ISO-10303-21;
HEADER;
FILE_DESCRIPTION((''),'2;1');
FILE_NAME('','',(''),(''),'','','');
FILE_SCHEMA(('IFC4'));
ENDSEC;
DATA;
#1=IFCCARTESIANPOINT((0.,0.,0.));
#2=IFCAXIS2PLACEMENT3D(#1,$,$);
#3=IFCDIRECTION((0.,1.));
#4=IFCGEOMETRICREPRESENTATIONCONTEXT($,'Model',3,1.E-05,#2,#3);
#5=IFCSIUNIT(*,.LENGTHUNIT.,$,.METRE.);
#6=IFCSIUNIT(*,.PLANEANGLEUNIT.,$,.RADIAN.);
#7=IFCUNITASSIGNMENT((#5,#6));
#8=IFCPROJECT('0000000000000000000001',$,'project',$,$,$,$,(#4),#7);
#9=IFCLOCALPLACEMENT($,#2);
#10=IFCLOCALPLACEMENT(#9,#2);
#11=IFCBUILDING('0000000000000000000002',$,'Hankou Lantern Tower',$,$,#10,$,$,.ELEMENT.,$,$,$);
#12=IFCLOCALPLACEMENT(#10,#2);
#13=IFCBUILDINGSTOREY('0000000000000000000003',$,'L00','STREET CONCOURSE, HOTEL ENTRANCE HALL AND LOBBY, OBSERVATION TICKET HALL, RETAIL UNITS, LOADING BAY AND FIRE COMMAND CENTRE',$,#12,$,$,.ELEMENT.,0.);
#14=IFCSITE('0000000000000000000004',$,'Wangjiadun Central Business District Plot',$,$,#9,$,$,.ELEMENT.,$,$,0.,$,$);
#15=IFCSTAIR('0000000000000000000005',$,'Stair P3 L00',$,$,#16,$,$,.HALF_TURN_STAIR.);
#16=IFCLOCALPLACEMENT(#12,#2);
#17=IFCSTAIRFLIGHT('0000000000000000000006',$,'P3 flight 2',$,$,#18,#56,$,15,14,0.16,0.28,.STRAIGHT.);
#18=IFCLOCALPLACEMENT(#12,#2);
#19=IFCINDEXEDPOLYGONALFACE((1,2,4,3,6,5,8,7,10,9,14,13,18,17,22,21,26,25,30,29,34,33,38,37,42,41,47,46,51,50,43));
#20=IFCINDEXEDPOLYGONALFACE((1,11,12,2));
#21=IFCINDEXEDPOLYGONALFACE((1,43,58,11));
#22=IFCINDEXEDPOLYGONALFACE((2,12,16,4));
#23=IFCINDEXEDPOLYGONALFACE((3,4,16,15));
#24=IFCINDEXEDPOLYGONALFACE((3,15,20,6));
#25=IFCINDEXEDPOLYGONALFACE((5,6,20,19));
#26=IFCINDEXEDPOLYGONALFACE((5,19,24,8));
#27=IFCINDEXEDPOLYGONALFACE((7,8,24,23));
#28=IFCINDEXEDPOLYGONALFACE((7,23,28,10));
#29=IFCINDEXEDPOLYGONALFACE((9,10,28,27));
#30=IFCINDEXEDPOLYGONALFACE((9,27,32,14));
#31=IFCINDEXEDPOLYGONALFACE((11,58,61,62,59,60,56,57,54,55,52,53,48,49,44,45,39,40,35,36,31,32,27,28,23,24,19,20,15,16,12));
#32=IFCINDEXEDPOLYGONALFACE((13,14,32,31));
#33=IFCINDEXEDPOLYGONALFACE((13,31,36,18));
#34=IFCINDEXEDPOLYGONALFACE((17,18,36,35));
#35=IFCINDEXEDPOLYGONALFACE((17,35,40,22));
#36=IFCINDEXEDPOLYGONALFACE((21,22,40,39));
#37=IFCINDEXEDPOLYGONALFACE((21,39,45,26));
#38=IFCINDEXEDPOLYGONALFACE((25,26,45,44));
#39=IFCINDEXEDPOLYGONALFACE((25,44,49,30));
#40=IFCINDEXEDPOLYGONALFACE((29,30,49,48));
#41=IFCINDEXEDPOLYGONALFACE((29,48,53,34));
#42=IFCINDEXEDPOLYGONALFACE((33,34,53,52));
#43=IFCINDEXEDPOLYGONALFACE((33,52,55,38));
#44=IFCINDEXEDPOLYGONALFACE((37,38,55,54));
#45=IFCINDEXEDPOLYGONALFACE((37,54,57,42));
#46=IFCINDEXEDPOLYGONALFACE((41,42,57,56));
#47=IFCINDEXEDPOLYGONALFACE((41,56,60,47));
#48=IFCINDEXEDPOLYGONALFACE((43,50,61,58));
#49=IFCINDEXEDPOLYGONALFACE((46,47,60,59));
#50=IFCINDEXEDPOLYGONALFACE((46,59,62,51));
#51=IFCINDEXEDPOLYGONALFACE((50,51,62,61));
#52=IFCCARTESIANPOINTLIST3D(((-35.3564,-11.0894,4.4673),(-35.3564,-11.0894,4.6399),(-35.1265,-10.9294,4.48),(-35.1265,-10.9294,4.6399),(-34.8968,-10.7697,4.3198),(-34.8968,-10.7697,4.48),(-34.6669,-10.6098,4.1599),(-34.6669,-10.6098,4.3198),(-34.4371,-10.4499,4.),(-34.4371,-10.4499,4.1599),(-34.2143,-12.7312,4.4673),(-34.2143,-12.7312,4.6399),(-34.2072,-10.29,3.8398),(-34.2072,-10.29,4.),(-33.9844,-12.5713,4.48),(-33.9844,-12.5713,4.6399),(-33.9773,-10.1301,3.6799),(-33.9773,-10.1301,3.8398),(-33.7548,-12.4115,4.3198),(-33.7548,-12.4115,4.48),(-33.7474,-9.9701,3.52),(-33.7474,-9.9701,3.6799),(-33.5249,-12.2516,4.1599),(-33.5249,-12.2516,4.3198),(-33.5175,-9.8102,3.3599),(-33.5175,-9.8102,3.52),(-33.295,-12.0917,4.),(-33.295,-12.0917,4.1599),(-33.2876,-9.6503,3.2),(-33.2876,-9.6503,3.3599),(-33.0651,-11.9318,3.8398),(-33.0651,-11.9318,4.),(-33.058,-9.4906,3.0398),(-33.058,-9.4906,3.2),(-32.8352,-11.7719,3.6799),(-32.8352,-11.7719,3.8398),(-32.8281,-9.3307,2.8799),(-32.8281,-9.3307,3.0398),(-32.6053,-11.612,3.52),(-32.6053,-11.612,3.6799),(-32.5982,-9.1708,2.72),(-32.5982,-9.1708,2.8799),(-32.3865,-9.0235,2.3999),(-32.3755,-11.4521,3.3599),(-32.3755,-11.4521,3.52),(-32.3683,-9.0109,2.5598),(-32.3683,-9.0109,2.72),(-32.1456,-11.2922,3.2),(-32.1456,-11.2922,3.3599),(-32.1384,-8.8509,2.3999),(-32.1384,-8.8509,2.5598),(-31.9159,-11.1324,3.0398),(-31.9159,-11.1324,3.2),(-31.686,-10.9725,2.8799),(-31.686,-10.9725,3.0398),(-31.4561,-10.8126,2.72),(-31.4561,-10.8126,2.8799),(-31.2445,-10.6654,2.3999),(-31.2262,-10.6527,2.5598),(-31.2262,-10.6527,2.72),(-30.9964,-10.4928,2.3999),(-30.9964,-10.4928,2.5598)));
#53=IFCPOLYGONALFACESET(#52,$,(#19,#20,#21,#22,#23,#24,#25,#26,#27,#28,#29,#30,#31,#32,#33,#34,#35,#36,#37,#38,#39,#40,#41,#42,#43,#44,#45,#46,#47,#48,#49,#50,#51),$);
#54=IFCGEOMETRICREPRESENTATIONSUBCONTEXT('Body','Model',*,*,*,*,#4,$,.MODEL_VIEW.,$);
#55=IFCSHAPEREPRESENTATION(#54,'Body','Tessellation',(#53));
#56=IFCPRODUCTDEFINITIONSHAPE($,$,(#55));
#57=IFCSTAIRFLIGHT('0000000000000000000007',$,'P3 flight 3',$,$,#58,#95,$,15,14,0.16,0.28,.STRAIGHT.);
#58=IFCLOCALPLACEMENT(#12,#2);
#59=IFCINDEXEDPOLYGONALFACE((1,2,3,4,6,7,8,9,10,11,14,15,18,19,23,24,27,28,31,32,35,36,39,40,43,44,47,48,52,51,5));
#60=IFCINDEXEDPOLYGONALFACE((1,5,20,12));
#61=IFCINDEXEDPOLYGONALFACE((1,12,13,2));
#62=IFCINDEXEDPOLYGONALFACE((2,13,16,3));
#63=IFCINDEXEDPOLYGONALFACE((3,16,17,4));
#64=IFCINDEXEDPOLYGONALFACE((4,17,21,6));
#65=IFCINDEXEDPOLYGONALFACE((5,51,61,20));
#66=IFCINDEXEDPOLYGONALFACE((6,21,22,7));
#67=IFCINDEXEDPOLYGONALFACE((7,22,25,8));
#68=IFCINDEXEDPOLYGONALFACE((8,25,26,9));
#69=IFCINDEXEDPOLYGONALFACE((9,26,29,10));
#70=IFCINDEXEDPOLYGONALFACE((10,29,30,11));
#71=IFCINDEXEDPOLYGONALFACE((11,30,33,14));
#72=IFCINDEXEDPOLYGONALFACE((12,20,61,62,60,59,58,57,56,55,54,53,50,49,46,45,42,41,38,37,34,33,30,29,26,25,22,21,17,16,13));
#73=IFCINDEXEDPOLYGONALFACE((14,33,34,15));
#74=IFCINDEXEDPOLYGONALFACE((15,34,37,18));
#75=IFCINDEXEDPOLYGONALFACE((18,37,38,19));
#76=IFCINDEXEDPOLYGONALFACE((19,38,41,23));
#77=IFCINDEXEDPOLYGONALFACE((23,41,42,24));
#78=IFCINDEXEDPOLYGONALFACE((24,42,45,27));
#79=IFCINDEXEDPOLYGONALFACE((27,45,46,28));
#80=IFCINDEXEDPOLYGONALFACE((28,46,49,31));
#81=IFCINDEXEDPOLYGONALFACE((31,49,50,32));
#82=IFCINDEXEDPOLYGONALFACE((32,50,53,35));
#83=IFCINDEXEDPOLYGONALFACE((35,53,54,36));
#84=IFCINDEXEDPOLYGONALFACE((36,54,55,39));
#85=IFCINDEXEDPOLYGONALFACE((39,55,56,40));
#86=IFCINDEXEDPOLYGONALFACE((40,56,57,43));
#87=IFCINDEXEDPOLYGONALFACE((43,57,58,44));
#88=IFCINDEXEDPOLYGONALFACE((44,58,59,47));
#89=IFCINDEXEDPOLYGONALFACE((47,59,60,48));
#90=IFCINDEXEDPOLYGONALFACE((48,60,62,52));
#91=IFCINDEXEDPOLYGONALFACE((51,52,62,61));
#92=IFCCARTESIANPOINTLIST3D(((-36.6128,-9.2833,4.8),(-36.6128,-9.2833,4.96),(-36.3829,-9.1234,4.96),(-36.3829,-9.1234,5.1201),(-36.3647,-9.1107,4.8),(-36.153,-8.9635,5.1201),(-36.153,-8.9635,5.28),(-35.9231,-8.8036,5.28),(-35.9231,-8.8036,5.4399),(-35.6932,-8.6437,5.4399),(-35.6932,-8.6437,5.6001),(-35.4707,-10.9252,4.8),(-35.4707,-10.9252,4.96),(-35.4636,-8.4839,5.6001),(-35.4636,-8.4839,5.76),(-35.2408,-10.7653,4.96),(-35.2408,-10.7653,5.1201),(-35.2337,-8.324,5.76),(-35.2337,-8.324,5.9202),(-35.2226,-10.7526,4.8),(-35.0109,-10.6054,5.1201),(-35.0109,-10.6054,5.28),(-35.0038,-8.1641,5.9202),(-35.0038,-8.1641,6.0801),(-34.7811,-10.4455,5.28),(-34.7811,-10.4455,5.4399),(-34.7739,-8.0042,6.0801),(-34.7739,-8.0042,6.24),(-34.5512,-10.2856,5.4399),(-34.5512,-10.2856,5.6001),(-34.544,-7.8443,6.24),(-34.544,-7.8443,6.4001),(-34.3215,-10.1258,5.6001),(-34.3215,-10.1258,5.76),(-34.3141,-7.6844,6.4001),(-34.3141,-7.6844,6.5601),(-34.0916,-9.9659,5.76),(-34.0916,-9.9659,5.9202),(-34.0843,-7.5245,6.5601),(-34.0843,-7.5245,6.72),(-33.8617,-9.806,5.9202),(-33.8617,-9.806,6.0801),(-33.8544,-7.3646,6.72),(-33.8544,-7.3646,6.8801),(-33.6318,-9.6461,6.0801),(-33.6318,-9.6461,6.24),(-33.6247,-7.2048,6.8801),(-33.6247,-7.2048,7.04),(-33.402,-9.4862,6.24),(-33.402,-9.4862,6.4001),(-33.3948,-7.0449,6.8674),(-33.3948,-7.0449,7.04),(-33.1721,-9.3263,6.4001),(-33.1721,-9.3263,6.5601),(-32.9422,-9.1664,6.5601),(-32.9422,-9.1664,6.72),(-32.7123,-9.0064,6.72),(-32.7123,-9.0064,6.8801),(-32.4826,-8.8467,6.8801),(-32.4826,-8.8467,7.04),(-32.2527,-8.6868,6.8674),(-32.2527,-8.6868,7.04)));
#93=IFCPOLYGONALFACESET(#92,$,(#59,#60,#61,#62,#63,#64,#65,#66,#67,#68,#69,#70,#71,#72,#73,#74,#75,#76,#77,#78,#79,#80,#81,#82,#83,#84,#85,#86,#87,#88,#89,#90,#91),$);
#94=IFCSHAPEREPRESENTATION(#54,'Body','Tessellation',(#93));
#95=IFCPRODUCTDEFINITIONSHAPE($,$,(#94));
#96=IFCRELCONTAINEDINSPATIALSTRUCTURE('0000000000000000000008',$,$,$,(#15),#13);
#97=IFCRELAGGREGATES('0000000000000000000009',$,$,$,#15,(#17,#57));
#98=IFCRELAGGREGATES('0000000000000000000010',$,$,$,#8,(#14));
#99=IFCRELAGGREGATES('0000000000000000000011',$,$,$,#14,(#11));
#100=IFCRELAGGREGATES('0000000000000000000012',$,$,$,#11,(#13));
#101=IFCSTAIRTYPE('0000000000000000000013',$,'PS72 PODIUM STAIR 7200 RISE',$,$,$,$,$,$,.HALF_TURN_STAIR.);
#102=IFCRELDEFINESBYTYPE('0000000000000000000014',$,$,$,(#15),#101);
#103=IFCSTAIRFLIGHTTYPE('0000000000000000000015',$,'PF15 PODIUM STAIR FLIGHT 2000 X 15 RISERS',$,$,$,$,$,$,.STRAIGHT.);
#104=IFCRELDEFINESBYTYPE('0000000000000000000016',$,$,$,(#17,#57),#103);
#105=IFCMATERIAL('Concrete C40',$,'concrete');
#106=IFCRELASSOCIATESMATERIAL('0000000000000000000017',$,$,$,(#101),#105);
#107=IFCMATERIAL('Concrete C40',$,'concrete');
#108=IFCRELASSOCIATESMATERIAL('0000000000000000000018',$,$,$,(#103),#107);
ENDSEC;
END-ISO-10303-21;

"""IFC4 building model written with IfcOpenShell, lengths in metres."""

from ifc_helpers import new_model, si_unit, direction, frame, origin, place, context, subcontext, project, spatial, polyline, outline, extrude, material, type_object, element, aggregate, save


model = new_model("IFC4")

# Units and contexts
model_context = context("Model", 3, precision=1e-05, world=origin(), true_north=direction((0.0, 1.0)))
body_context = subcontext(model_context, "Body", "Model", "MODEL_VIEW")
ifc_project = project(units=[si_unit("LENGTHUNIT", "METRE"), si_unit("PLANEANGLEUNIT", "RADIAN")], contexts=[model_context])

# Site, building, storey
site_placement = place(None, origin())
site = spatial("IfcSite", under=ifc_project, at=site_placement, Name="Wangjiadun Central Business District Plot", CompositionType="ELEMENT", RefElevation=0.0)
building_placement = place(site_placement, origin())
building = spatial("IfcBuilding", under=site, at=building_placement, Name="Hankou Lantern Tower", CompositionType="ELEMENT")
storey_placement = place(building_placement, origin())
storey = spatial("IfcBuildingStorey", under=building, at=storey_placement, Name="L00", Description="STREET CONCOURSE, HOTEL ENTRANCE HALL AND LOBBY, OBSERVATION TICKET HALL, RETAIL UNITS, LOADING BAY AND FIRE COMMAND CENTRE", CompositionType="ELEMENT", Elevation=0.0)

# Stair, stair flights
ifc_material_1 = material(Name="Concrete C40", Category="concrete")
stair_type = type_object("IfcStairType", Name="PS72 PODIUM STAIR 7200 RISE", PredefinedType="HALF_TURN_STAIR", material=ifc_material_1)
stair_placement = place(storey_placement, origin())
stair = element("IfcStair", 1, at=stair_placement, inside=storey, type_object=stair_type, Name="Stair P3 L00", PredefinedType="HALF_TURN_STAIR")
ifc_material_2 = material(Name="Concrete C40", Category="concrete")
stair_flight_type = type_object("IfcStairFlightType", Name="PF15 PODIUM STAIR FLIGHT 2000 X 15 RISERS", PredefinedType="STRAIGHT", material=ifc_material_2)
stair_flight_1_placement = place(storey_placement, frame((-31.5674, -9.6719, 2.3999), z_axis=(0.0, 0.0, 1.0), x_axis=(-0.820927, -0.571033, 0.0)))
stair_flight_1 = element("IfcStairFlight", 2, at=stair_flight_1_placement, type_object=stair_flight_type, Name="P3 flight 2", NumberOfRisers=15, NumberOfTreads=14, PredefinedType="STRAIGHT", RiserHeight=0.16, TreadLength=0.28, context=body_context, shape_type="SweptSolid", body=[
    extrude(outline(polyline([(0.0, 0.0), (0.0, 0.1599), (0.28, 0.1599), (0.28, 0.3201), (0.5601, 0.3201), (0.5601, 0.48), (0.8401, 0.48), (0.8401, 0.6399), (1.1201, 0.6399), (1.1201, 0.8), (1.3999, 0.8), (1.3999, 0.96), (1.6799, 0.96), (1.6799, 1.1201), (1.96, 1.1201), (1.96, 1.28), (2.24, 1.28), (2.24, 1.4399), (2.52, 1.4399), (2.52, 1.6001), (2.8, 1.6001), (2.8, 1.76), (3.0801, 1.76), (3.0801, 1.9199), (3.3601, 1.9199), (3.3601, 2.0801), (3.6399, 2.0801), (3.6399, 2.24), (3.9199, 2.24), (3.9199, 2.3999), (3.9199, 2.0674), (0.3022, 0.0), (0.0, 0.0)])), frame((0.0, 1.0, 0.0), z_axis=(0.0, -1.0, 0.0), x_axis=(1.0, 0.0, 0.0)), (0.0, 0.0, 1.0), 2.0),
])
stair_flight_2_placement = place(storey_placement, frame((-36.0417, -10.1042, 4.8), z_axis=(0.0, 0.0, 1.0), x_axis=(0.820927, 0.571033, 0.0)))
stair_flight_2 = element("IfcStairFlight", 3, at=stair_flight_2_placement, type_object=stair_flight_type, Name="P3 flight 3", NumberOfRisers=15, NumberOfTreads=14, PredefinedType="STRAIGHT", RiserHeight=0.16, TreadLength=0.28, context=body_context, shape_type="SweptSolid", body=[
    extrude(outline(polyline([(0.0, 0.0), (0.0, 0.1599), (0.28, 0.1599), (0.28, 0.3201), (0.5601, 0.3201), (0.5601, 0.48), (0.8401, 0.48), (0.8401, 0.6399), (1.1201, 0.6399), (1.1201, 0.8), (1.3999, 0.8), (1.3999, 0.96), (1.6799, 0.96), (1.6799, 1.1201), (1.96, 1.1201), (1.96, 1.28), (2.24, 1.28), (2.24, 1.4399), (2.52, 1.4399), (2.52, 1.6001), (2.8, 1.6001), (2.8, 1.76), (3.0801, 1.76), (3.0801, 1.9199), (3.3601, 1.9199), (3.3601, 2.0801), (3.6399, 2.0801), (3.6399, 2.24), (3.9199, 2.24), (3.9199, 2.3999), (3.9199, 2.0674), (0.3022, 0.0), (0.0, 0.0)])), frame((0.0, 1.0, 0.0), z_axis=(0.0, -1.0, 0.0), x_axis=(1.0, 0.0, 0.0)), (0.0, 0.0, 1.0), 2.0),
])
aggregate(stair, [stair_flight_1, stair_flight_2])

save(model, "model.ifc")
